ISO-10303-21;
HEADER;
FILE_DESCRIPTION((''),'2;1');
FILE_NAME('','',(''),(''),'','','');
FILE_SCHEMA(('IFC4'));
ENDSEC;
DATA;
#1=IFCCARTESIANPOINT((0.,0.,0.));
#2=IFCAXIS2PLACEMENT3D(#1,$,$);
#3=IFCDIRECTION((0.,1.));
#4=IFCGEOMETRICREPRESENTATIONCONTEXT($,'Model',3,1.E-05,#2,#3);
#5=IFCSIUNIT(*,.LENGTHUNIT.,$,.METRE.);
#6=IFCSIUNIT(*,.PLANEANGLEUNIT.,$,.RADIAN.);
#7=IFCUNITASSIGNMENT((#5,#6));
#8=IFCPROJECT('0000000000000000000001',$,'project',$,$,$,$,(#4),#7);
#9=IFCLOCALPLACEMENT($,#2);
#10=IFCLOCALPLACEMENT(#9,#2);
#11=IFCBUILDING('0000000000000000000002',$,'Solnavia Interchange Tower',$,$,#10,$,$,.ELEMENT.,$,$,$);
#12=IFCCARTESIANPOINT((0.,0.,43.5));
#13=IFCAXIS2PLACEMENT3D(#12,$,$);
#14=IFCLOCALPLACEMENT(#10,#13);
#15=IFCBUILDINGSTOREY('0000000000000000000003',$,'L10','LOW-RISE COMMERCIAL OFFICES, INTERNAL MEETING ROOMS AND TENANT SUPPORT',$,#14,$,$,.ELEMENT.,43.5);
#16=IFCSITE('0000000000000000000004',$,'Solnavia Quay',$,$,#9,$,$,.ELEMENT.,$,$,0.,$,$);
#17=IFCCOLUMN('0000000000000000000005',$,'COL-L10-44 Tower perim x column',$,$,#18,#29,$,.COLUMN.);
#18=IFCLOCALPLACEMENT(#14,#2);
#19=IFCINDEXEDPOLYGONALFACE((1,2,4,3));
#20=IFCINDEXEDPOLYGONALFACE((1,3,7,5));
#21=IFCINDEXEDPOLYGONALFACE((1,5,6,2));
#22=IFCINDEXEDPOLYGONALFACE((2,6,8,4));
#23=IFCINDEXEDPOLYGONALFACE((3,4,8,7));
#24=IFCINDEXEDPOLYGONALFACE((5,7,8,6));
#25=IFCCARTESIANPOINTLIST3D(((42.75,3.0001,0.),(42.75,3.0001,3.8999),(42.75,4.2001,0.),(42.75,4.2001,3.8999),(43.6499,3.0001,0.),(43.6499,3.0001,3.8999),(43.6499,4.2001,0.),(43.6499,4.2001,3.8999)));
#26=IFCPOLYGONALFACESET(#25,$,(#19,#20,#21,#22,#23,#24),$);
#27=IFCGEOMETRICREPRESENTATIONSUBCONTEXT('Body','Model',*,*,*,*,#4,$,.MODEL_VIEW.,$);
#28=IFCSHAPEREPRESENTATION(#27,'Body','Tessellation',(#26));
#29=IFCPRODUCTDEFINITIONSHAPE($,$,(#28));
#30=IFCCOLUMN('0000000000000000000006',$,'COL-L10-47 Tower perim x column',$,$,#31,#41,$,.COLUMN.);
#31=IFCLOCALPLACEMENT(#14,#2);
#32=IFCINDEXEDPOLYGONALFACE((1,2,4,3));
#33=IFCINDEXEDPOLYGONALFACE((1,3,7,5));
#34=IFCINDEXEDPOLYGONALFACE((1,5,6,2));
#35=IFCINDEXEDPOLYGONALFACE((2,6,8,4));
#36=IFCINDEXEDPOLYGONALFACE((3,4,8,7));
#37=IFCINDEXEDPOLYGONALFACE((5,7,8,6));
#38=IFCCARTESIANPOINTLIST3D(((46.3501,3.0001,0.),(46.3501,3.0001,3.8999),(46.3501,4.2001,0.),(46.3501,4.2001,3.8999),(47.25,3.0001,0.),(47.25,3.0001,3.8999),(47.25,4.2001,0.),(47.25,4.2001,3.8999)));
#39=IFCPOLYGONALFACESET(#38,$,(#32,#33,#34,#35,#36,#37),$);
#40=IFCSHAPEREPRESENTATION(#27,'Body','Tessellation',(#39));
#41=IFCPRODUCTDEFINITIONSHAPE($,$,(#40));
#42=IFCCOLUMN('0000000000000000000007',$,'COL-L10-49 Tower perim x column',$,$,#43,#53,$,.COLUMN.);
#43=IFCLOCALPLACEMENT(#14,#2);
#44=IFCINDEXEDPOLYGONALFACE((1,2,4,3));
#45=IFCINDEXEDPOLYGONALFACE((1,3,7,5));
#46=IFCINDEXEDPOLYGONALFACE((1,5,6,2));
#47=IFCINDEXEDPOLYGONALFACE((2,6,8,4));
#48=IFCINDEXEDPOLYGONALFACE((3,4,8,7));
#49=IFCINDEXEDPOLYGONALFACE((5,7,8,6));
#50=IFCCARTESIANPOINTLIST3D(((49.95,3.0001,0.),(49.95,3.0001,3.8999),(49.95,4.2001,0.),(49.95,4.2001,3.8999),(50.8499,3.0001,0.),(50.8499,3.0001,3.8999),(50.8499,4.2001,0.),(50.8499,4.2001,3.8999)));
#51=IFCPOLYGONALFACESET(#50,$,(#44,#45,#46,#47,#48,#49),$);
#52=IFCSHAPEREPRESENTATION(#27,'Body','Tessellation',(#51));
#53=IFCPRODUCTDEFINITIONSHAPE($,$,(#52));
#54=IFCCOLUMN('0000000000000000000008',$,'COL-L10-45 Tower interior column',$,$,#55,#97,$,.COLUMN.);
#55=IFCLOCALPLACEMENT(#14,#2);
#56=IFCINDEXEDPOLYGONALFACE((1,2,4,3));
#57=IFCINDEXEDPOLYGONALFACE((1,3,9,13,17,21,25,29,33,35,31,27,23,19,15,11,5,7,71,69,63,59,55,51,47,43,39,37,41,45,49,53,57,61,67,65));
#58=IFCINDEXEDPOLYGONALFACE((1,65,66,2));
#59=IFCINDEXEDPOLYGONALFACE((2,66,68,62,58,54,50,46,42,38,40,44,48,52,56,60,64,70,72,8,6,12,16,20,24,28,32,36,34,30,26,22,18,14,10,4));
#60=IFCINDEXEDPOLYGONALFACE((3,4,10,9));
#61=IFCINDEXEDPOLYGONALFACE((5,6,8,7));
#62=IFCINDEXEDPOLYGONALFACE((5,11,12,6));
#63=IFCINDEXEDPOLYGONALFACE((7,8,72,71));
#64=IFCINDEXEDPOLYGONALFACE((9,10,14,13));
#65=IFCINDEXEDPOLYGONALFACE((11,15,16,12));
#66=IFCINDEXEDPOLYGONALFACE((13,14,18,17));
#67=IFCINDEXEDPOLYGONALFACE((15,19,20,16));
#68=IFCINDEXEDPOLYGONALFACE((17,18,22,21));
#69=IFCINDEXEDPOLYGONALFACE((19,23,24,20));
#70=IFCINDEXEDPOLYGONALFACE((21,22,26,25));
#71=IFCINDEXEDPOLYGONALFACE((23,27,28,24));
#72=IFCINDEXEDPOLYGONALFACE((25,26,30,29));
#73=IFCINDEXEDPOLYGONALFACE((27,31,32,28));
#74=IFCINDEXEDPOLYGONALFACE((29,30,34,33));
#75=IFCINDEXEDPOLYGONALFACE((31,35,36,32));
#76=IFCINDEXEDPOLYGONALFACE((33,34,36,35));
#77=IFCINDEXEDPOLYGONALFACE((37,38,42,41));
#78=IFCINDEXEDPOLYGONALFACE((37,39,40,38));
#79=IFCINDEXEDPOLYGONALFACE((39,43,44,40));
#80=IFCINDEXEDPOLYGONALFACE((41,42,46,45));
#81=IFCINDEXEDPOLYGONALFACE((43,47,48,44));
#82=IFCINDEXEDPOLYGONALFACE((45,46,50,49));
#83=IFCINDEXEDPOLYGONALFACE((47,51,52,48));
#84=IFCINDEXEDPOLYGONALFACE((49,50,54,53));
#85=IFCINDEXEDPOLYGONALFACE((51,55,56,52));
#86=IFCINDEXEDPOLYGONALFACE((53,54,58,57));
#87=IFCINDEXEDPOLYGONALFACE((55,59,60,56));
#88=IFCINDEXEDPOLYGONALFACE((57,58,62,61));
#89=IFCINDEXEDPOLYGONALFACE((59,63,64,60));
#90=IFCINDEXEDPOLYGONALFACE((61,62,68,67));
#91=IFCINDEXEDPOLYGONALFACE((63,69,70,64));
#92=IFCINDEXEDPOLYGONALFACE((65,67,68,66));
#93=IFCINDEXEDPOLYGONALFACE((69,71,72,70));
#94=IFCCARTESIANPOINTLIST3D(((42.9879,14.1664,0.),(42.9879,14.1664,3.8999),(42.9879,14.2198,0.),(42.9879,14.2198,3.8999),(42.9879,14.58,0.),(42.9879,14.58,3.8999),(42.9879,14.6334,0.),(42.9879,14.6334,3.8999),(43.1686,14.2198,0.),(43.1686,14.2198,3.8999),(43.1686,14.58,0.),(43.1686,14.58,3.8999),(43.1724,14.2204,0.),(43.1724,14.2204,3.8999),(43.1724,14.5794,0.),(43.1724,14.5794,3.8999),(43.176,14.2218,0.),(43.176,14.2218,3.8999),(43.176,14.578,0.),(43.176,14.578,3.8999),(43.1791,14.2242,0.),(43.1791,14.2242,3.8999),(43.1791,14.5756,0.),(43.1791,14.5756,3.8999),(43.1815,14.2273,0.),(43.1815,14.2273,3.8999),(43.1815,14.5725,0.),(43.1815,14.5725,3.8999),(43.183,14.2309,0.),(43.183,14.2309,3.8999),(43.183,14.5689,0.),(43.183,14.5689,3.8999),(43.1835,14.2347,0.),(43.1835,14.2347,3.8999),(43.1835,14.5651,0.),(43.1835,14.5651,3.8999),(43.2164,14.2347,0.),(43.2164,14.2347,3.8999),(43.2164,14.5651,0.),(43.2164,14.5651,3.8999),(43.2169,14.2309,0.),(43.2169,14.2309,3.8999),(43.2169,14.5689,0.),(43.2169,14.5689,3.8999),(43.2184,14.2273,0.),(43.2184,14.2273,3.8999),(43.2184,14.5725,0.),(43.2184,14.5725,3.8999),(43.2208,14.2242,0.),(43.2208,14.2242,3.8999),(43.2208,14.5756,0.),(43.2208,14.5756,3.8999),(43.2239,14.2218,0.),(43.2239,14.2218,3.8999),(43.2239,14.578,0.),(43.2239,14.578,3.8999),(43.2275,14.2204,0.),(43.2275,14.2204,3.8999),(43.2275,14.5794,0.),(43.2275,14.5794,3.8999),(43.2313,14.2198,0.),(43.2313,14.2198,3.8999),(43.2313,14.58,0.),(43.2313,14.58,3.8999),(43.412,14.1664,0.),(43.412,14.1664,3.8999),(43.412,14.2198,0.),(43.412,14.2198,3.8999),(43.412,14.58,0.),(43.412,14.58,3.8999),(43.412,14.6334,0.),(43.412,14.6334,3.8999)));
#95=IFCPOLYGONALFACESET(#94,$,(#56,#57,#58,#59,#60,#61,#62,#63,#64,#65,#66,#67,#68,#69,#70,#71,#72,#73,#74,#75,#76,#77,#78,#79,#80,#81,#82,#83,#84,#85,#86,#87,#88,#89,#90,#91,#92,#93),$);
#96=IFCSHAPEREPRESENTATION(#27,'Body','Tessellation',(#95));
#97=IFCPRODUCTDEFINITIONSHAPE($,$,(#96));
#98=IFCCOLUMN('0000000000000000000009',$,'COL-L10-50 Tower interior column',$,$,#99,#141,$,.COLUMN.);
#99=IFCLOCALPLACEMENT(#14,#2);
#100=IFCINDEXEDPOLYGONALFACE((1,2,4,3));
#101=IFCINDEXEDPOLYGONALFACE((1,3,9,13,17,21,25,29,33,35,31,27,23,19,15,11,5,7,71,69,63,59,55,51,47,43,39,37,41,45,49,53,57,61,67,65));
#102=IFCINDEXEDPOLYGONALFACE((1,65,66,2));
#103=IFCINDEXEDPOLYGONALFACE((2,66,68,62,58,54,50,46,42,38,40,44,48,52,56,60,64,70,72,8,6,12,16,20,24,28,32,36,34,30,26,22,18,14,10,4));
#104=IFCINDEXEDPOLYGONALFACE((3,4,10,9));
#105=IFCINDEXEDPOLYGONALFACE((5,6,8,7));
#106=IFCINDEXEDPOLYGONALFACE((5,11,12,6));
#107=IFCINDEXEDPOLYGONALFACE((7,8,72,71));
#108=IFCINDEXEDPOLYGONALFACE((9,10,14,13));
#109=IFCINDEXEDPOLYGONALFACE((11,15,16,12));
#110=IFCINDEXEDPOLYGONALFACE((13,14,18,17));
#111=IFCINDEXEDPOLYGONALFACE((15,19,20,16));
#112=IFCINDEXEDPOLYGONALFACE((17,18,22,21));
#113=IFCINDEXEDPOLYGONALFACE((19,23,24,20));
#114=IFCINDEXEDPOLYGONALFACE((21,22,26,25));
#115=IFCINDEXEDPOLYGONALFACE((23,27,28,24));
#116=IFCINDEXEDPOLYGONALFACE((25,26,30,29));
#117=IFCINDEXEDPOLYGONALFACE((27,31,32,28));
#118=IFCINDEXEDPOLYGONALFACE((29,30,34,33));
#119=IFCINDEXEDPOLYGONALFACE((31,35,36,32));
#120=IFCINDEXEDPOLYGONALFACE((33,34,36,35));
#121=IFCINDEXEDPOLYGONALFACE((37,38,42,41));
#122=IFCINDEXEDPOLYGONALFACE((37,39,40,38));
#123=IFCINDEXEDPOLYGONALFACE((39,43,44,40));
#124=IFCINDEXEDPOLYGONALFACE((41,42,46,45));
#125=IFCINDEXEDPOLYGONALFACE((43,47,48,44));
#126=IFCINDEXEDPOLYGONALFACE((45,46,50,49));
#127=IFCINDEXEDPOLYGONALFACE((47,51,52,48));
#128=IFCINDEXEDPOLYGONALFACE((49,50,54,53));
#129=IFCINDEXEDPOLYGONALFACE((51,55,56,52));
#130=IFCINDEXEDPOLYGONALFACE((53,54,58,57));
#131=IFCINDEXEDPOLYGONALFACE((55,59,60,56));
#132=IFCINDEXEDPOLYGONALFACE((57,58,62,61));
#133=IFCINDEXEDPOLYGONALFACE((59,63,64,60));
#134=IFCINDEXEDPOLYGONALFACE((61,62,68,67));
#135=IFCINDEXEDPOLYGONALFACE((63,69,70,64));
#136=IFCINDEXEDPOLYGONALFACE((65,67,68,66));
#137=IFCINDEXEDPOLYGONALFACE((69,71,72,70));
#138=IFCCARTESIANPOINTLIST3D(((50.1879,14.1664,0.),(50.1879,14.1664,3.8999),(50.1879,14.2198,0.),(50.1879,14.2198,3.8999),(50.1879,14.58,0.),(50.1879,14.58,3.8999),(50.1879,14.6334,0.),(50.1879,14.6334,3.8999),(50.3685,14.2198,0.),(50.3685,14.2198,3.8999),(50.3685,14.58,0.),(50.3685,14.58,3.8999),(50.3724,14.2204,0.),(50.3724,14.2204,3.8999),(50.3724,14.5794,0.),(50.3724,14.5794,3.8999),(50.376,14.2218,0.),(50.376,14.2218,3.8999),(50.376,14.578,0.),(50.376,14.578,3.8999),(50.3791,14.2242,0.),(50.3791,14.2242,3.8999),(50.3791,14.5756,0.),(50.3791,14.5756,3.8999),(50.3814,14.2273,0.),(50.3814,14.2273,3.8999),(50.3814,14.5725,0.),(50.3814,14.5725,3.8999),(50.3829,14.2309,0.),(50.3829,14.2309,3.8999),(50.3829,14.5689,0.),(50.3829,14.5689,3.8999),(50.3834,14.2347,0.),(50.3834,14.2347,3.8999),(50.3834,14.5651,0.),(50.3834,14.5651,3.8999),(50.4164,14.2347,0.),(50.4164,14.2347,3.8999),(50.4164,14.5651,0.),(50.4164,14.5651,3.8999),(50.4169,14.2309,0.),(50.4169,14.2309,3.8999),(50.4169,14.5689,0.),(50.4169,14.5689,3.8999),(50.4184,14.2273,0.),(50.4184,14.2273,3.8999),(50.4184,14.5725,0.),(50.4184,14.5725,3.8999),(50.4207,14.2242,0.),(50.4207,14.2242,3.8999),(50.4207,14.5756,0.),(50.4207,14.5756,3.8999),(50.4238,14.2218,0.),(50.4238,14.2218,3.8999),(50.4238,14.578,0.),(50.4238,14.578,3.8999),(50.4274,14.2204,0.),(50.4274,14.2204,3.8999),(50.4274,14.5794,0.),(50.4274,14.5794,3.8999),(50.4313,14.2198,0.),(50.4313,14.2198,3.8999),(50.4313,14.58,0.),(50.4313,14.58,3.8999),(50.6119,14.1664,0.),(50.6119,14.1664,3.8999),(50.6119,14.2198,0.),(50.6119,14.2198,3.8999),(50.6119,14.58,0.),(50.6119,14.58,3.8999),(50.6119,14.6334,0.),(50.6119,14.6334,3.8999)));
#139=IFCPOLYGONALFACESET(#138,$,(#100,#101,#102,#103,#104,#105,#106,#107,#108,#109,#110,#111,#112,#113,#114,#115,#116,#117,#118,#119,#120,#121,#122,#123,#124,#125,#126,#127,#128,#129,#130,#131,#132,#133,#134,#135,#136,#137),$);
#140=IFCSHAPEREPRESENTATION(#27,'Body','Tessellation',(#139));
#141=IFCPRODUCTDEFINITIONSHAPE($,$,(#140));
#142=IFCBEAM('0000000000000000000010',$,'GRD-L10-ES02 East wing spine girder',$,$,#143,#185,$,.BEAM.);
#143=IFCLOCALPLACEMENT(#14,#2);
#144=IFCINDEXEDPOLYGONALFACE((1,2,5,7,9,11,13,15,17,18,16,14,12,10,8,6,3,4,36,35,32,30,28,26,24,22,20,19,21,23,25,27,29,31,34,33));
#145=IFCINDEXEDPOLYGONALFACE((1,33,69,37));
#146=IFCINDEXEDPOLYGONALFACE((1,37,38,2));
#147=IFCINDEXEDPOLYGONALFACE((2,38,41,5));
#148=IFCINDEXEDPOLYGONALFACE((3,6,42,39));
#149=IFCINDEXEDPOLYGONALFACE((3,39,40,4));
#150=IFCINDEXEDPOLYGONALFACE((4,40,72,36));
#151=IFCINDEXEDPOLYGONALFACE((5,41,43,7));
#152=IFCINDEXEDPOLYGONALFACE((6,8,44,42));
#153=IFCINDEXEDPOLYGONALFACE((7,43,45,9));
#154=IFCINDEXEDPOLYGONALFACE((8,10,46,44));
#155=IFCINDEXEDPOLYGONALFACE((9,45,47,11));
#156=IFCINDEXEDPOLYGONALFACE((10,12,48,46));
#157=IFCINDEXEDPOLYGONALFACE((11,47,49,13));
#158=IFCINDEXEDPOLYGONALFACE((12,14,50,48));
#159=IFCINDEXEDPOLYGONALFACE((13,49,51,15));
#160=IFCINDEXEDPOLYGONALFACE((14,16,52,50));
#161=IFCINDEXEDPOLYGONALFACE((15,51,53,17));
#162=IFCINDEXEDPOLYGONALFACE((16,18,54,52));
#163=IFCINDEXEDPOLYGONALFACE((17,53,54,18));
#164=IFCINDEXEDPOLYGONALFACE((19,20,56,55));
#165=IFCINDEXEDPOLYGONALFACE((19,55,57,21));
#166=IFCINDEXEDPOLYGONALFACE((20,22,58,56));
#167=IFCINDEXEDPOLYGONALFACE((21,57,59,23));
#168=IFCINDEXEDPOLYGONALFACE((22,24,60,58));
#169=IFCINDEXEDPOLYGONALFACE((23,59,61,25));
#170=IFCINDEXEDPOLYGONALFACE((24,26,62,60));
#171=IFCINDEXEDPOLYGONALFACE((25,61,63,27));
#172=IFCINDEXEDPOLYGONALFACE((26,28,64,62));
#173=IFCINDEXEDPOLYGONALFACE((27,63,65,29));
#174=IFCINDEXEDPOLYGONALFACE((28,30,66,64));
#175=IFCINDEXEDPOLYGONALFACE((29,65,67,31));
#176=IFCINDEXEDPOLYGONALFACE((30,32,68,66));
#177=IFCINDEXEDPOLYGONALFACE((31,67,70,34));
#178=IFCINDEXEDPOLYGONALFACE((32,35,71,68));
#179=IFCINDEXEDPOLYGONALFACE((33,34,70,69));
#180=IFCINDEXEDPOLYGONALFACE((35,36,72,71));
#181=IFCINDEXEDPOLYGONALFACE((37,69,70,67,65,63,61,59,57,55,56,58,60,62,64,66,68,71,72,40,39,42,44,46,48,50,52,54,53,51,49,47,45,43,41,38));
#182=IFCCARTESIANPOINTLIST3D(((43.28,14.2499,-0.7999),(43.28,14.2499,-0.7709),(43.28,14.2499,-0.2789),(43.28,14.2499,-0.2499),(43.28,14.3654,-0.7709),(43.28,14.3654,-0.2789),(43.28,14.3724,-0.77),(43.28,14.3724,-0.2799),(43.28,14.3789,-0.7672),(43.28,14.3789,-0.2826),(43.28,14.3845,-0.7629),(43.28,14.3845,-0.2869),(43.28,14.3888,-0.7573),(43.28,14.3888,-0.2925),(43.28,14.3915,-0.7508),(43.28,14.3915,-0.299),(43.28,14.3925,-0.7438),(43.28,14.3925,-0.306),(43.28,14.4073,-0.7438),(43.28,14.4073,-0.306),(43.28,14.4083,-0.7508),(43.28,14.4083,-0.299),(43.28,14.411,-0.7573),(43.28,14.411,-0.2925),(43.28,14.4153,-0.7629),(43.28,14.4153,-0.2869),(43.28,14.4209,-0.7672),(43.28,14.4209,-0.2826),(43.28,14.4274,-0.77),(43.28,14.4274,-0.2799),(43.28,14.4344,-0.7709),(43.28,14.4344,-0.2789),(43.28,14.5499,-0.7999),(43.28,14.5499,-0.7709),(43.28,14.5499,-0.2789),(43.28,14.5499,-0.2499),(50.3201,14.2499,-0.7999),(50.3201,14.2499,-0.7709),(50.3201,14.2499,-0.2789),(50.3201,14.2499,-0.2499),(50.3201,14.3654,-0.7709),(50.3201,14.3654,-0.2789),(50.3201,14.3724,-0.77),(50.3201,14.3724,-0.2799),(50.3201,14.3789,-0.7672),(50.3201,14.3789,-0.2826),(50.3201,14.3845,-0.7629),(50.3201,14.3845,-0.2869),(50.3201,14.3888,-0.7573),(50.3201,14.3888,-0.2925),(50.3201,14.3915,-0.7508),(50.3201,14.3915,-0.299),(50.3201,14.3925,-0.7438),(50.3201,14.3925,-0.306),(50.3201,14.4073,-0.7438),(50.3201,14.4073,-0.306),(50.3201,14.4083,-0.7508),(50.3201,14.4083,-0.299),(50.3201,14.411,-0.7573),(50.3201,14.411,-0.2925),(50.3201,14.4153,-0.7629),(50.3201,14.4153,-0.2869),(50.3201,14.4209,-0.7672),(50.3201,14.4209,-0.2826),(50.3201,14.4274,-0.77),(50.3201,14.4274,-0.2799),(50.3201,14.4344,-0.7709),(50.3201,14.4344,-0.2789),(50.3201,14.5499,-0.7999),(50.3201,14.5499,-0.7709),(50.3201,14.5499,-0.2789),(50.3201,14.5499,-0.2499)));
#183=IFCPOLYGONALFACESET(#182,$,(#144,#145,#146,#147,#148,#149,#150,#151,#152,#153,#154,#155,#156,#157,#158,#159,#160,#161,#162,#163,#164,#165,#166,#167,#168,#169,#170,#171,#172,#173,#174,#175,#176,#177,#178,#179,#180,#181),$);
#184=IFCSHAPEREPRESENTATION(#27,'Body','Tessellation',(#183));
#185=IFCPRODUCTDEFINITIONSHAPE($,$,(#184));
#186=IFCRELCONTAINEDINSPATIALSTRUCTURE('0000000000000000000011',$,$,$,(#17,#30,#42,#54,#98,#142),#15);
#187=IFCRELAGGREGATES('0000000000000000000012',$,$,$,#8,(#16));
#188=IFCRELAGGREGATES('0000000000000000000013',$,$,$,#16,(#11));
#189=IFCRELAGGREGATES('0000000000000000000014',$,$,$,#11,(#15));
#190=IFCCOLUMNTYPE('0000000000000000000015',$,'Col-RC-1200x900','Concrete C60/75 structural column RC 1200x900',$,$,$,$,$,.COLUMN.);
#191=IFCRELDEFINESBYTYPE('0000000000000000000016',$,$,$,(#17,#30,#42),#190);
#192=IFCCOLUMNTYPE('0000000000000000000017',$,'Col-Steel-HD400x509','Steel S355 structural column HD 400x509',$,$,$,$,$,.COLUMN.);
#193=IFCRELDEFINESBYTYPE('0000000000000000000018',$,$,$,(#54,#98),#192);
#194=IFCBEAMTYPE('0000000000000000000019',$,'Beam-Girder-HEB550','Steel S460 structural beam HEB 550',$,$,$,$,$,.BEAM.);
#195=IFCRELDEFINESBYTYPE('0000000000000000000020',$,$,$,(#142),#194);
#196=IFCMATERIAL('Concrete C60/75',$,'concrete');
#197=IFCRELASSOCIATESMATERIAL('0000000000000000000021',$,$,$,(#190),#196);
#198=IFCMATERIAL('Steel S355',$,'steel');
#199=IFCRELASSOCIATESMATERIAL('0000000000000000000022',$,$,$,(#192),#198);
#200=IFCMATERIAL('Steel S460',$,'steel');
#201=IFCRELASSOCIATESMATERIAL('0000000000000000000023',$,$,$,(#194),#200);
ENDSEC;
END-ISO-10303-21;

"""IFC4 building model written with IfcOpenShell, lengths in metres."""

from ifc_helpers import new_model, si_unit, direction, frame, origin, origin_2d, place, context, subcontext, project, spatial, rectangle, i_section, extrude, material, material_profile, profile_set, type_object, element, save


model = new_model("IFC4")

# Units and contexts
model_context = context("Model", 3, precision=1e-05, world=origin(), true_north=direction((0.0, 1.0)))
body_context = subcontext(model_context, "Body", "Model", "MODEL_VIEW")
ifc_project = project(units=[si_unit("LENGTHUNIT", "METRE"), si_unit("PLANEANGLEUNIT", "RADIAN")], contexts=[model_context])

# Site, building, storey
site_placement = place(None, origin())
site = spatial("IfcSite", under=ifc_project, at=site_placement, Name="Solnavia Quay", CompositionType="ELEMENT", RefElevation=0.0)
building_placement = place(site_placement, origin())
building = spatial("IfcBuilding", under=site, at=building_placement, Name="Solnavia Interchange Tower", CompositionType="ELEMENT")
storey_placement = place(building_placement, frame((0.0, 0.0, 43.5)))
storey = spatial("IfcBuildingStorey", under=building, at=storey_placement, Name="L10", Description="LOW-RISE COMMERCIAL OFFICES, INTERNAL MEETING ROOMS AND TENANT SUPPORT", CompositionType="ELEMENT", Elevation=43.5)

# Columns
ifc_material_1 = material(Name="Concrete C60/75", Category="concrete")
ifc_material_profile_1 = material_profile(ifc_material_1, rectangle(XDim=0.8999, YDim=1.2, at=origin_2d()), Name="RC 1200x900")
ifc_profile_set_1 = profile_set([ifc_material_profile_1], Name="Concrete C60/75")
column_type_1 = type_object("IfcColumnType", Name="Col-RC-1200x900", Description="Concrete C60/75 structural column RC 1200x900", PredefinedType="COLUMN", material=ifc_profile_set_1)
for number, where, z_axis, x_axis, name in (
    (1, (43.2, 3.6001, 0.0), (0.0, 0.0, 1.0), (1.0, 0.0, 0.0), "COL-L10-44 Tower perim x column"),
    (2, (46.8, 3.6001, 0.0), (0.0, 0.0, 1.0), (1.0, 0.0, 0.0), "COL-L10-47 Tower perim x column"),
    (3, (50.3999, 3.6001, 0.0), (0.0, 0.0, 1.0), (1.0, 0.0, 0.0), "COL-L10-49 Tower perim x column"),
):
    element("IfcColumn", number, at=place(storey_placement, frame(where, z_axis=z_axis, x_axis=x_axis)), inside=storey, type_object=column_type_1, Name=name, PredefinedType="COLUMN", context=body_context, shape_type="SweptSolid", body=[
        extrude(rectangle(XDim=0.8999, YDim=1.2, at=origin_2d()), origin(), (0.0, 0.0, 1.0), 3.8999),
    ])
ifc_material_2 = material(Name="Steel S355", Category="steel")
ifc_material_profile_2 = material_profile(ifc_material_2, i_section(OverallWidth=0.4241, OverallDepth=0.467, WebThickness=0.033, FlangeThickness=0.0535, FilletRadius=0.0149, at=origin_2d()), Name="HD 400x509")
ifc_profile_set_2 = profile_set([ifc_material_profile_2], Name="Steel S355")
column_type_2 = type_object("IfcColumnType", Name="Col-Steel-HD400x509", Description="Steel S355 structural column HD 400x509", PredefinedType="COLUMN", material=ifc_profile_set_2)
for number, where, z_axis, x_axis, name in (
    (4, (43.2, 14.3999, 0.0), (0.0, 0.0, 1.0), (1.0, 0.0, 0.0), "COL-L10-45 Tower interior column"),
    (5, (50.3999, 14.3999, 0.0), (0.0, 0.0, 1.0), (1.0, 0.0, 0.0), "COL-L10-50 Tower interior column"),
):
    element("IfcColumn", number, at=place(storey_placement, frame(where, z_axis=z_axis, x_axis=x_axis)), inside=storey, type_object=column_type_2, Name=name, PredefinedType="COLUMN", context=body_context, shape_type="SweptSolid", body=[
        extrude(i_section(OverallWidth=0.4241, OverallDepth=0.467, WebThickness=0.033, FlangeThickness=0.0535, FilletRadius=0.0149, at=origin_2d()), origin(), (0.0, 0.0, 1.0), 3.8999),
    ])

# Beam
ifc_material_3 = material(Name="Steel S460", Category="steel")
ifc_material_profile_3 = material_profile(ifc_material_3, i_section(OverallWidth=0.3, OverallDepth=0.55, WebThickness=0.0149, FlangeThickness=0.0291, FilletRadius=0.0271, at=origin_2d()), Name="HEB 550")
ifc_profile_set_3 = profile_set([ifc_material_profile_3], Name="Steel S460")
beam_type_1 = type_object("IfcBeamType", Name="Beam-Girder-HEB550", Description="Steel S460 structural beam HEB 550", PredefinedType="BEAM", material=ifc_profile_set_3)
beam_1_placement = place(storey_placement, frame((43.28, 14.3999, -0.5249), z_axis=(1.0, 0.0, 0.0), x_axis=(0.0, 1.0, 0.0)))
element("IfcBeam", 6, at=beam_1_placement, inside=storey, type_object=beam_type_1, Name="GRD-L10-ES02 East wing spine girder", PredefinedType="BEAM", context=body_context, shape_type="SweptSolid", body=[
    extrude(i_section(OverallWidth=0.3, OverallDepth=0.55, WebThickness=0.0149, FlangeThickness=0.0291, FilletRadius=0.0271, at=origin_2d()), origin(), (0.0, 0.0, 1.0), 7.04),
])

save(model, "model.ifc")
